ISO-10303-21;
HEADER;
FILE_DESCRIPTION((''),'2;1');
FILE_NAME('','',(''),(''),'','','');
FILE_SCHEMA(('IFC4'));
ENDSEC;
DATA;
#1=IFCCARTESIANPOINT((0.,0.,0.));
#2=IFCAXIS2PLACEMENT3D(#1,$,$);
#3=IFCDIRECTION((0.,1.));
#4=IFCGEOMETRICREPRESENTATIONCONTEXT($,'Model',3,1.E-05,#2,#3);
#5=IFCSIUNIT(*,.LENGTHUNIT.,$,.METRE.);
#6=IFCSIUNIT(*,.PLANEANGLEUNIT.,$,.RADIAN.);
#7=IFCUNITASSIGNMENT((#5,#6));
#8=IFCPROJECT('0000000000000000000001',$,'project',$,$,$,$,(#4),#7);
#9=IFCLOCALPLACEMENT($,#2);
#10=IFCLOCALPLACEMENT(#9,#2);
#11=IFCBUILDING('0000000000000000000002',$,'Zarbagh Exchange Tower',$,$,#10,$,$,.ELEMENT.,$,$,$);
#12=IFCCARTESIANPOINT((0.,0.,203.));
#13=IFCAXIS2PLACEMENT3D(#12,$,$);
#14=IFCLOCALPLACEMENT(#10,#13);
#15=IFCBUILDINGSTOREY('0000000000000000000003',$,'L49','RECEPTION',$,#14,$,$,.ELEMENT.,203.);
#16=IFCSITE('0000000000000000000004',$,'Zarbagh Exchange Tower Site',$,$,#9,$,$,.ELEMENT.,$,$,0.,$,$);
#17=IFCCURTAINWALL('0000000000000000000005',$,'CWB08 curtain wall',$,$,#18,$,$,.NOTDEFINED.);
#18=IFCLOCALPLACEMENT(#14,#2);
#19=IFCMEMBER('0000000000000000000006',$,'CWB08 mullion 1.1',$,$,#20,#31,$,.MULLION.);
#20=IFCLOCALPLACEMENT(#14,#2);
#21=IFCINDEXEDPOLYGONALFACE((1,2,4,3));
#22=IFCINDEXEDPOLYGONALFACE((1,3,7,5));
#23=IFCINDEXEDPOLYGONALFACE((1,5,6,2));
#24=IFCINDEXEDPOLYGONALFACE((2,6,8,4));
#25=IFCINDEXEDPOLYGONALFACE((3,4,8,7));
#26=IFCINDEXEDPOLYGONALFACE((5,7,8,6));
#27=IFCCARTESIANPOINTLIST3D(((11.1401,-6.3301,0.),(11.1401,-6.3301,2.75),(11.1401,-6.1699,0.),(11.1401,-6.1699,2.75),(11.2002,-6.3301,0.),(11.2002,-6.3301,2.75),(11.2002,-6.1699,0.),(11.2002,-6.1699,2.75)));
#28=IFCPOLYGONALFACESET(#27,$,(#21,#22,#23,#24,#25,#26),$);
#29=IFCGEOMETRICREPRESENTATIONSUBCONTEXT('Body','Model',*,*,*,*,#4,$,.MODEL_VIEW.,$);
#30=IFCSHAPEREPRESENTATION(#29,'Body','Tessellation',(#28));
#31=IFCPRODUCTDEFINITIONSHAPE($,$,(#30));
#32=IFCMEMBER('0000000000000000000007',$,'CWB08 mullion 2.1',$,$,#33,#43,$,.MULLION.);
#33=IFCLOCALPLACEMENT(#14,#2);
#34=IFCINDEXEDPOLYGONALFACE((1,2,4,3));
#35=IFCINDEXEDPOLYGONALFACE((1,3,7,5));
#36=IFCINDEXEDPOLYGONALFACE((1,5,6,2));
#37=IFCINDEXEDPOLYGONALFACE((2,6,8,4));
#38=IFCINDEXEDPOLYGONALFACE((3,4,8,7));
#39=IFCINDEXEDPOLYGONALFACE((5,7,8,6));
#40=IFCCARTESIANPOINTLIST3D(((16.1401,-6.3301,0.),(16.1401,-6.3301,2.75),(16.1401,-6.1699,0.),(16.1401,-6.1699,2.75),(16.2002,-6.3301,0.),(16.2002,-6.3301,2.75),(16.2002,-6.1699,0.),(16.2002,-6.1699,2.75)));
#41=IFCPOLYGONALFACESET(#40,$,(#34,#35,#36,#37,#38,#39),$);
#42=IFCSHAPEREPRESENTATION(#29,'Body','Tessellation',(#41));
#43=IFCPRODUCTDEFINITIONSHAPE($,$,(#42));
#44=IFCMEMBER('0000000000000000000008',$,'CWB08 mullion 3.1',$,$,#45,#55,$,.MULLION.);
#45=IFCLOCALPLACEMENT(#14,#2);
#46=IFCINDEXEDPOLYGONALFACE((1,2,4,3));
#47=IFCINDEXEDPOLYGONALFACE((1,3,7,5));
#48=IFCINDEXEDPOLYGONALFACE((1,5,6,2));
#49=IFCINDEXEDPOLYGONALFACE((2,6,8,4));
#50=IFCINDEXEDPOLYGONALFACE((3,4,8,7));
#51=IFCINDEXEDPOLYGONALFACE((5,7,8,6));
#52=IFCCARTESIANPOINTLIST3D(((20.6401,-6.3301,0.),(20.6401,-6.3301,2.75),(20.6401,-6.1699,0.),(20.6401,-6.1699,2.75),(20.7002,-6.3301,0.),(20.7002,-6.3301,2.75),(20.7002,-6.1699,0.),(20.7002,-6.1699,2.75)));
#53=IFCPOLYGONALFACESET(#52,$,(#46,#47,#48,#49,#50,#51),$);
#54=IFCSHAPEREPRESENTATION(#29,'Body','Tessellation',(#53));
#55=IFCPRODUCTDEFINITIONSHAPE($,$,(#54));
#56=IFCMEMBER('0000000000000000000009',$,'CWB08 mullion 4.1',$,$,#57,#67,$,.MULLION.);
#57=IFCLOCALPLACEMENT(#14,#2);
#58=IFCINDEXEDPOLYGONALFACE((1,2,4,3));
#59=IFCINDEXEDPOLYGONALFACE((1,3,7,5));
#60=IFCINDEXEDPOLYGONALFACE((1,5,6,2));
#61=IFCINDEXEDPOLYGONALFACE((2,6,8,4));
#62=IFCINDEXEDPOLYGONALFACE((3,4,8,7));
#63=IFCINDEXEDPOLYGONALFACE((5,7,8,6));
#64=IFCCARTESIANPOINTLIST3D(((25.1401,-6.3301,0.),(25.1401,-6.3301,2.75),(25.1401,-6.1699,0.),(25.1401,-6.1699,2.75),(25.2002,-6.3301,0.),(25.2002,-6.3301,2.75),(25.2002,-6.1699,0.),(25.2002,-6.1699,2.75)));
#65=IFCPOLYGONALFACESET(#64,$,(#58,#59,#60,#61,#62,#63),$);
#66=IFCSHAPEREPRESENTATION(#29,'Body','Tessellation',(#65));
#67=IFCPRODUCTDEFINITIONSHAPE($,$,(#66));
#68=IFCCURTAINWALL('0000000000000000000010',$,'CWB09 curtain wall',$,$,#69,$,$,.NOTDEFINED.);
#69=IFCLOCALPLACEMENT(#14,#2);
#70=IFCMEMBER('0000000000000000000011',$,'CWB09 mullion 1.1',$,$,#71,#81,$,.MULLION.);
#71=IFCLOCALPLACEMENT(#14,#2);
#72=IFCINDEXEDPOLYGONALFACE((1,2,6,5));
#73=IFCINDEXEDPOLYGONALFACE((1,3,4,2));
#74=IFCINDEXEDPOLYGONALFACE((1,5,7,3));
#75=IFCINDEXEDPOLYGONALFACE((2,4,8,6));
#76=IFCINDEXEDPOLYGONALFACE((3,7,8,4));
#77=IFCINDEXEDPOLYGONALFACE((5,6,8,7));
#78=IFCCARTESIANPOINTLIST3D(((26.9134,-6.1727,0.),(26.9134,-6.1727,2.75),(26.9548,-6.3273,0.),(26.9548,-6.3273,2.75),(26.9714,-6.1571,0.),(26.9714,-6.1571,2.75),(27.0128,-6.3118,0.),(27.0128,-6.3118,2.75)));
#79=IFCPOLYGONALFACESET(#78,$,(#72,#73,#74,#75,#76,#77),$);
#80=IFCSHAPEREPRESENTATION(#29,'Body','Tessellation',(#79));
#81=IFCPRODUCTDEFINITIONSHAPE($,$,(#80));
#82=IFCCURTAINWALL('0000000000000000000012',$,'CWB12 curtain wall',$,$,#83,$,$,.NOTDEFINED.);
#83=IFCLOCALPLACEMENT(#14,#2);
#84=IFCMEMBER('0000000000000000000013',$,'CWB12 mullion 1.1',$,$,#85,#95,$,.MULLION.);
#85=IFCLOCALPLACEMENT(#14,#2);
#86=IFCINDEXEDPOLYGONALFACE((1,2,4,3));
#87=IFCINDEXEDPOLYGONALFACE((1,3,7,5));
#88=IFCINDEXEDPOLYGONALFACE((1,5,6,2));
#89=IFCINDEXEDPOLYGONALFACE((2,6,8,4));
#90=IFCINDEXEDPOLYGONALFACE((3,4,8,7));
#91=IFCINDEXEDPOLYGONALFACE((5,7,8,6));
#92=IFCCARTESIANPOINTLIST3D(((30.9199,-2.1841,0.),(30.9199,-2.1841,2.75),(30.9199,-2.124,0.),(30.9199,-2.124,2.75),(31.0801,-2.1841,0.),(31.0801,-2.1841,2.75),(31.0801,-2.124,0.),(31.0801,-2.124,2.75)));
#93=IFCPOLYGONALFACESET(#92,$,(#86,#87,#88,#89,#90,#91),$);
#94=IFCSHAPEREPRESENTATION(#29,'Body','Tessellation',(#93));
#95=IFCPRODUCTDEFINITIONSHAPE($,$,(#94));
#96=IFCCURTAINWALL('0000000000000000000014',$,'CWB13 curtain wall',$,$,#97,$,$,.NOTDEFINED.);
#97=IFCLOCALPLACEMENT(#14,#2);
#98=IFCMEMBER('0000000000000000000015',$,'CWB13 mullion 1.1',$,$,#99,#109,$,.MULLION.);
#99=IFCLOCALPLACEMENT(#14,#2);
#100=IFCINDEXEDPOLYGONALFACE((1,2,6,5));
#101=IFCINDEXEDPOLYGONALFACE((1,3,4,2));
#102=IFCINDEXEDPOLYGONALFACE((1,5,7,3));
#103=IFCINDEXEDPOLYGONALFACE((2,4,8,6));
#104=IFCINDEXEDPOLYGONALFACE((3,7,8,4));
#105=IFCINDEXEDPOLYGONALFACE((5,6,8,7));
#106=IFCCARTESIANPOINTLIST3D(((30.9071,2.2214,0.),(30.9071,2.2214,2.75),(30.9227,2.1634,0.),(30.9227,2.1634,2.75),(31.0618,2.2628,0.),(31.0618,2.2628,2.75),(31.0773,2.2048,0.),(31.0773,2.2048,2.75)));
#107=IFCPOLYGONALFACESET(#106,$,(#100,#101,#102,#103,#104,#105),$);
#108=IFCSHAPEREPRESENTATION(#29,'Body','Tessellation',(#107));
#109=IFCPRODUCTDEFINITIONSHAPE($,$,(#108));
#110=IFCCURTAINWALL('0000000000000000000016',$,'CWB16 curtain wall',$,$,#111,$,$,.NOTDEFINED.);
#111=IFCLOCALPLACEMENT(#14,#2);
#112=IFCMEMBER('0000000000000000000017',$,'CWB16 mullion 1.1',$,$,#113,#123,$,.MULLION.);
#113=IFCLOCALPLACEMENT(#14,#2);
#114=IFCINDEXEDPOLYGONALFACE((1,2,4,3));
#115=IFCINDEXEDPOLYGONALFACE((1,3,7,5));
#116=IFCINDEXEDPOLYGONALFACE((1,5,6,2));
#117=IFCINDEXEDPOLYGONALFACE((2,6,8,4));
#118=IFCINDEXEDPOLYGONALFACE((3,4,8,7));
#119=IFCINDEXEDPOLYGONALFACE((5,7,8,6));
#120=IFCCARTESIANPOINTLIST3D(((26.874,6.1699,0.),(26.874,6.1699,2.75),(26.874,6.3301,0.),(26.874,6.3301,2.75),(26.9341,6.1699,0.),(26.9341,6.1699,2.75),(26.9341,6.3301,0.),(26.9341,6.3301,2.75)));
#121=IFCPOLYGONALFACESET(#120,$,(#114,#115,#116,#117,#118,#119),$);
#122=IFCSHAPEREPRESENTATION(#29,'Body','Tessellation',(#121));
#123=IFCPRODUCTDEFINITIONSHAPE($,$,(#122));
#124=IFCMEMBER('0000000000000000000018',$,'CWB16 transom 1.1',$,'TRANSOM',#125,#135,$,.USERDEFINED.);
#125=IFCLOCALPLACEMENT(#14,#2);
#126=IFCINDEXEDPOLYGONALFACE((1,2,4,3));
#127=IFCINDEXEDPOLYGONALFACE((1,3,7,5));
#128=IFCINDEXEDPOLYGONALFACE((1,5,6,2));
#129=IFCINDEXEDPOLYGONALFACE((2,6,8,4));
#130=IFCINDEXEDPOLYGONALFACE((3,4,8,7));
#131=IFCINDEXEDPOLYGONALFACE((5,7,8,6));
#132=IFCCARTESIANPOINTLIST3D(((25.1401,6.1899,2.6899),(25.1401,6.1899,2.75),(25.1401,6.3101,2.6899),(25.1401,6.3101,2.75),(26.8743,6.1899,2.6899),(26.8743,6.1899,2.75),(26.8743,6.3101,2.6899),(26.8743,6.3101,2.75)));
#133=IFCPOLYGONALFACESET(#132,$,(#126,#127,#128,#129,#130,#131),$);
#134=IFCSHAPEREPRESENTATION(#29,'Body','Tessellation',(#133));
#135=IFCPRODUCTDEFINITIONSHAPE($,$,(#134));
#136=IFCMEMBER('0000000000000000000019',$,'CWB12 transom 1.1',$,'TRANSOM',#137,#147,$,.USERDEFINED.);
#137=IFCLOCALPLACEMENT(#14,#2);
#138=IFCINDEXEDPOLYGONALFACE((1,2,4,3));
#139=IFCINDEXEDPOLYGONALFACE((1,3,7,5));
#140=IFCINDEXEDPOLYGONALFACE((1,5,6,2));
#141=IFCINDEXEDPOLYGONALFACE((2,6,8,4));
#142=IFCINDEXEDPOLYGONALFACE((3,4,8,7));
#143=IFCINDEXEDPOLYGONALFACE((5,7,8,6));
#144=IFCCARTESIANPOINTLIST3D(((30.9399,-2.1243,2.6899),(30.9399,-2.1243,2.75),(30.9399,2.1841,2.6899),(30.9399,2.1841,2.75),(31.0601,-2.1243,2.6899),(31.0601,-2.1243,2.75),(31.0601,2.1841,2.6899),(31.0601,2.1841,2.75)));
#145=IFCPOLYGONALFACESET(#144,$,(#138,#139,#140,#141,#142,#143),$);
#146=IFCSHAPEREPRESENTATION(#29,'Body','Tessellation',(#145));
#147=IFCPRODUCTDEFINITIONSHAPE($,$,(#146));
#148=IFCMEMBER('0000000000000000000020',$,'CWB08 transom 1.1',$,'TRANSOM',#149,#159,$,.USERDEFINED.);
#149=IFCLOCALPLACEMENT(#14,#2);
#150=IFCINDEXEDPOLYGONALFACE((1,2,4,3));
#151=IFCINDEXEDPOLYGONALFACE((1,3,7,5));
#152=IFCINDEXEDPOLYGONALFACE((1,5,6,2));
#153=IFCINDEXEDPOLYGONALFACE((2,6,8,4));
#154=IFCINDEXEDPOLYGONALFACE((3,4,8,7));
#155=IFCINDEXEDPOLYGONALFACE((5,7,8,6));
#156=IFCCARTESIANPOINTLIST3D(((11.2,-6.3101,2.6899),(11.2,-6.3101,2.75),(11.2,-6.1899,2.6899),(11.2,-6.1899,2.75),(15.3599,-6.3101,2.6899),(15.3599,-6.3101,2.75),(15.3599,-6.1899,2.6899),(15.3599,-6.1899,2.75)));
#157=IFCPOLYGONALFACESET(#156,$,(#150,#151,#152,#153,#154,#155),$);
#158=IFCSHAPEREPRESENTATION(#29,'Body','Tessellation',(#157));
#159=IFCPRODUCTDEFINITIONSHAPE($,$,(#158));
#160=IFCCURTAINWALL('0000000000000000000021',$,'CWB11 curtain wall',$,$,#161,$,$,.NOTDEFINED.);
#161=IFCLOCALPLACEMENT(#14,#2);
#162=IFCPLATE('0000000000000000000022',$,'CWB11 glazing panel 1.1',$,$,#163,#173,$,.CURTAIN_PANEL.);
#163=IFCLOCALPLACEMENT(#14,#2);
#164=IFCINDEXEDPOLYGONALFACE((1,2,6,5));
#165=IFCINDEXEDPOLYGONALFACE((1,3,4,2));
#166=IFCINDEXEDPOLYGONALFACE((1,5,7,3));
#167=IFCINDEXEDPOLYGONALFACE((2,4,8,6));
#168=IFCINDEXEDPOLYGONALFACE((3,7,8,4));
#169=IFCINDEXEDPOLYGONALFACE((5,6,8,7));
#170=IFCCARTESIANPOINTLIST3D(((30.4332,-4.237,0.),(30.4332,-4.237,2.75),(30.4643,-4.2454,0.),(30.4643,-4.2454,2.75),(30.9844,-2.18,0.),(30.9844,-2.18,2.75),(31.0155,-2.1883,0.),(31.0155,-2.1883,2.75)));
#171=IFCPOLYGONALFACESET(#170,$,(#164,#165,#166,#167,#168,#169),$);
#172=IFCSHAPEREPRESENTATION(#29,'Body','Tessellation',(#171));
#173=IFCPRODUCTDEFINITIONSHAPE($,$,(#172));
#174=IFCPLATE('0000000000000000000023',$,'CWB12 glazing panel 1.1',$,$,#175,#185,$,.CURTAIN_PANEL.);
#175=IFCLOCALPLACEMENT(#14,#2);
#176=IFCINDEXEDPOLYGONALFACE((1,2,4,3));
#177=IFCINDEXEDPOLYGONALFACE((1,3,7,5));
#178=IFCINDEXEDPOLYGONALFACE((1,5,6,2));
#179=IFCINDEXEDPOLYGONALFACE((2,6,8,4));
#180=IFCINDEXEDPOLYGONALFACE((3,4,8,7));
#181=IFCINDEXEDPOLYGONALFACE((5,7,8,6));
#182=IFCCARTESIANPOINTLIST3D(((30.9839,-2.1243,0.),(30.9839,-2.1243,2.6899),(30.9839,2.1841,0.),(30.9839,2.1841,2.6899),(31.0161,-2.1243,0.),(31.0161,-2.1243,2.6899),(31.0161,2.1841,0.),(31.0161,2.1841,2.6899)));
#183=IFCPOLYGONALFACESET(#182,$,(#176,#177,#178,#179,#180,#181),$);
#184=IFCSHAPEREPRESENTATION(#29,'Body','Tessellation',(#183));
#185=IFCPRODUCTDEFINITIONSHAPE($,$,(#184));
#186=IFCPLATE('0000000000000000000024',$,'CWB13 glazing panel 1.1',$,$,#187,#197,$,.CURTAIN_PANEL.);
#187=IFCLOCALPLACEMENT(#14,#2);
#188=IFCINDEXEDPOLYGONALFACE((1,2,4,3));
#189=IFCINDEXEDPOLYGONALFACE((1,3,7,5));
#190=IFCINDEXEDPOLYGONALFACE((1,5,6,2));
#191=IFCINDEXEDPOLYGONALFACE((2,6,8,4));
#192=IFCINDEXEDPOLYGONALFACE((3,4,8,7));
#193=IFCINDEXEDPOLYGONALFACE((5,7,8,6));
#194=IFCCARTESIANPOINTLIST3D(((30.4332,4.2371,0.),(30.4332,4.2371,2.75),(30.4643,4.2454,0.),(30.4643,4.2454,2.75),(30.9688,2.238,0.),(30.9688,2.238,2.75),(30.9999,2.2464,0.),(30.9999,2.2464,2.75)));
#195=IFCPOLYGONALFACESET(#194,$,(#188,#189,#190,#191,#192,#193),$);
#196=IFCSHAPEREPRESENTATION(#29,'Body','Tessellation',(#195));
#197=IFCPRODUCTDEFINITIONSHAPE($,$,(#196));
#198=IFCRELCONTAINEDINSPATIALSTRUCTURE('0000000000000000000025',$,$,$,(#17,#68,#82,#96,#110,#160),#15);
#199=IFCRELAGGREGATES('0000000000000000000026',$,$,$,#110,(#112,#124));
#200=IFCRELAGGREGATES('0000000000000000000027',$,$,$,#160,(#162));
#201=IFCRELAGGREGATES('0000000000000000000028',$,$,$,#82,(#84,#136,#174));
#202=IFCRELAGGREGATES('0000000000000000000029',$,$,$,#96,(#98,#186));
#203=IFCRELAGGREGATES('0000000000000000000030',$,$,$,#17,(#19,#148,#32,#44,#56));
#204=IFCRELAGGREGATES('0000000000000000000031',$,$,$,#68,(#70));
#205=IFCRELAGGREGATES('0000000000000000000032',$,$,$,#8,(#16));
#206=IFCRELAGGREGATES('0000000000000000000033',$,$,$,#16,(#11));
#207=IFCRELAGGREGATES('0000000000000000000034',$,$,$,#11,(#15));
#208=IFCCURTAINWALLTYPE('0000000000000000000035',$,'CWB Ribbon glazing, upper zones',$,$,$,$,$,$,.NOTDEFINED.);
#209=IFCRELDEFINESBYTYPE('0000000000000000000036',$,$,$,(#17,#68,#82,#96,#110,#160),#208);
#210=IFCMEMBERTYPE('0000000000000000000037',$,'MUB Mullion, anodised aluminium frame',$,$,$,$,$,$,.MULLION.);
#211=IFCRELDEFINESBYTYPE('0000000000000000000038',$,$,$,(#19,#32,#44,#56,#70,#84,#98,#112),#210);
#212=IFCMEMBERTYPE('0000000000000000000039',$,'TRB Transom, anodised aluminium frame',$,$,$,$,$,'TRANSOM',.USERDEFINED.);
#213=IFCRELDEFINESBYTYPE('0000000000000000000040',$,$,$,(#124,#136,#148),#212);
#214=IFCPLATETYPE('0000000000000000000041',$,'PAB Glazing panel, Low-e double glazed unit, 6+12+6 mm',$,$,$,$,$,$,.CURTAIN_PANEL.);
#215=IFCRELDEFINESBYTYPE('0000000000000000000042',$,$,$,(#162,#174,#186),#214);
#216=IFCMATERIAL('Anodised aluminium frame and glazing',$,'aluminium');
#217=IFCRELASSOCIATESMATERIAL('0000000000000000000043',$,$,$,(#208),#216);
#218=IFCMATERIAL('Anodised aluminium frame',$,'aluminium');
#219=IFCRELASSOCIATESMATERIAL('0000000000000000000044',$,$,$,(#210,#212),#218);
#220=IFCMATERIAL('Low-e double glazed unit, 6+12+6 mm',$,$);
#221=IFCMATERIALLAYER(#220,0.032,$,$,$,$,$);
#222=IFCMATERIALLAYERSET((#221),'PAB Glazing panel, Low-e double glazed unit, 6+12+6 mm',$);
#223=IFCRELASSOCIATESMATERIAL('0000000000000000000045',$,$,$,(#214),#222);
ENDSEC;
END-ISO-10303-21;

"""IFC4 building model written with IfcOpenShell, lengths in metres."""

from ifc_helpers import new_model, si_unit, direction, frame, origin, place, context, subcontext, project, spatial, polyline, outline, extrude, source, transform, mapped, material, layer, layer_set, type_object, element, aggregate, save


model = new_model("IFC4")

# Units and contexts
model_context = context("Model", 3, precision=1e-05, world=origin(), true_north=direction((0.0, 1.0)))
body_context = subcontext(model_context, "Body", "Model", "MODEL_VIEW")
ifc_project = project(units=[si_unit("LENGTHUNIT", "METRE"), si_unit("PLANEANGLEUNIT", "RADIAN")], contexts=[model_context])

# Site, building, storey
site_placement = place(None, origin())
site = spatial("IfcSite", under=ifc_project, at=site_placement, Name="Zarbagh Exchange Tower Site", CompositionType="ELEMENT", RefElevation=0.0)
building_placement = place(site_placement, origin())
building = spatial("IfcBuilding", under=site, at=building_placement, Name="Zarbagh Exchange Tower", CompositionType="ELEMENT")
storey_placement = place(building_placement, frame((0.0, 0.0, 203.0)))
storey = spatial("IfcBuildingStorey", under=building, at=storey_placement, Name="L49", Description="RECEPTION", CompositionType="ELEMENT", Elevation=203.0)

# Curtain wall, members
ifc_material_1 = material(Name="Anodised aluminium frame and glazing", Category="aluminium")
curtain_wall_type = type_object("IfcCurtainWallType", Name="CWB Ribbon glazing, upper zones", PredefinedType="NOTDEFINED", material=ifc_material_1)
curtain_wall_1_placement = place(storey_placement, origin())
curtain_wall_1 = element("IfcCurtainWall", 1, at=curtain_wall_1_placement, inside=storey, type_object=curtain_wall_type, Name="CWB08 curtain wall", PredefinedType="NOTDEFINED")
ifc_material_2 = material(Name="Anodised aluminium frame", Category="aluminium")
member_type_1 = type_object("IfcMemberType", Name="MUB Mullion, anodised aluminium frame", PredefinedType="MULLION", material=ifc_material_2)
shared_shape_1 = source(origin(), body_context, "Body", "SweptSolid", [
    extrude(outline(polyline([(0.0, -0.0801), (0.0601, -0.0801), (0.0601, 0.0801), (0.0, 0.0801), (0.0, -0.0801)])), origin(), (0.0, 0.0, 1.0), 2.75),
])
placement = place(storey_placement, origin())
member_1 = element("IfcMember", 2, at=placement, type_object=member_type_1, Name="CWB08 mullion 1.1", PredefinedType="MULLION", context=body_context, shape_type="MappedRepresentation", body=[
    mapped(shared_shape_1, transform((11.1401, -6.25, 0.0), x_axis=(1.0, 0.0, 0.0), y_axis=(0.0, 1.0, 0.0), z_axis=(0.0, 0.0, 1.0))),
])
member_2 = element("IfcMember", 3, at=placement, type_object=member_type_1, Name="CWB08 mullion 2.1", PredefinedType="MULLION", context=body_context, shape_type="MappedRepresentation", body=[
    mapped(shared_shape_1, transform((16.1401, -6.25, 0.0), x_axis=(1.0, 0.0, 0.0), y_axis=(0.0, 1.0, 0.0), z_axis=(0.0, 0.0, 1.0))),
])
member_3 = element("IfcMember", 4, at=placement, type_object=member_type_1, Name="CWB08 mullion 3.1", PredefinedType="MULLION", context=body_context, shape_type="MappedRepresentation", body=[
    mapped(shared_shape_1, transform((20.6401, -6.25, 0.0), x_axis=(1.0, 0.0, 0.0), y_axis=(0.0, 1.0, 0.0), z_axis=(0.0, 0.0, 1.0))),
])
member_4 = element("IfcMember", 5, at=placement, type_object=member_type_1, Name="CWB08 mullion 4.1", PredefinedType="MULLION", context=body_context, shape_type="MappedRepresentation", body=[
    mapped(shared_shape_1, transform((25.1401, -6.25, 0.0), x_axis=(1.0, 0.0, 0.0), y_axis=(0.0, 1.0, 0.0), z_axis=(0.0, 0.0, 1.0))),
])

# Curtain walls, members
curtain_wall_2_placement = place(storey_placement, origin())
curtain_wall_2 = element("IfcCurtainWall", 6, at=curtain_wall_2_placement, inside=storey, type_object=curtain_wall_type, Name="CWB09 curtain wall", PredefinedType="NOTDEFINED")
member_5 = element("IfcMember", 7, at=placement, type_object=member_type_1, Name="CWB09 mullion 1.1", PredefinedType="MULLION", context=body_context, shape_type="MappedRepresentation", body=[
    mapped(shared_shape_1, transform((26.9341, -6.25, 0.0), x_axis=(0.965924, 0.258825, 0.0), y_axis=(-0.258825, 0.965924, 0.0), z_axis=(0.0, 0.0, 1.0))),
])
curtain_wall_3_placement = place(storey_placement, origin())
curtain_wall_3 = element("IfcCurtainWall", 8, at=curtain_wall_3_placement, inside=storey, type_object=curtain_wall_type, Name="CWB12 curtain wall", PredefinedType="NOTDEFINED")
member_6 = element("IfcMember", 9, at=placement, type_object=member_type_1, Name="CWB12 mullion 1.1", PredefinedType="MULLION", context=body_context, shape_type="MappedRepresentation", body=[
    mapped(shared_shape_1, transform((31.0, -2.1841, 0.0), x_axis=(0.0, 1.0, 0.0), y_axis=(-1.0, 0.0, 0.0), z_axis=(0.0, 0.0, 1.0))),
])
curtain_wall_4_placement = place(storey_placement, origin())
curtain_wall_4 = element("IfcCurtainWall", 10, at=curtain_wall_4_placement, inside=storey, type_object=curtain_wall_type, Name="CWB13 curtain wall", PredefinedType="NOTDEFINED")
member_7 = element("IfcMember", 11, at=placement, type_object=member_type_1, Name="CWB13 mullion 1.1", PredefinedType="MULLION", context=body_context, shape_type="MappedRepresentation", body=[
    mapped(shared_shape_1, transform((31.0, 2.1841, 0.0), x_axis=(-0.258825, 0.965924, 0.0), y_axis=(-0.965924, -0.258825, 0.0), z_axis=(0.0, 0.0, 1.0))),
])

# Curtain wall, members
curtain_wall_5_placement = place(storey_placement, origin())
curtain_wall_5 = element("IfcCurtainWall", 12, at=curtain_wall_5_placement, inside=storey, type_object=curtain_wall_type, Name="CWB16 curtain wall", PredefinedType="NOTDEFINED")
member_8 = element("IfcMember", 13, at=placement, type_object=member_type_1, Name="CWB16 mullion 1.1", PredefinedType="MULLION", context=body_context, shape_type="MappedRepresentation", body=[
    mapped(shared_shape_1, transform((26.9341, 6.25, 0.0), x_axis=(-1.0, 0.0, 0.0), y_axis=(0.0, -1.0, 0.0), z_axis=(0.0, 0.0, 1.0))),
])
member_type_2 = type_object("IfcMemberType", Name="TRB Transom, anodised aluminium frame", ElementType="TRANSOM", PredefinedType="USERDEFINED", material=ifc_material_2)
shared_shape_2 = source(origin(), body_context, "Body", "SweptSolid", [
    extrude(outline(polyline([(-0.0601, -0.0601), (0.0, -0.0601), (0.0, 0.0601), (-0.0601, 0.0601), (-0.0601, -0.0601)])), origin(), (0.0, 0.0, 1.0), 1.7341),
])
member_9 = element("IfcMember", 14, at=placement, type_object=member_type_2, Name="CWB16 transom 1.1", ObjectType="TRANSOM", PredefinedType="USERDEFINED", context=body_context, shape_type="MappedRepresentation", body=[
    mapped(shared_shape_2, transform((26.8743, 6.25, 2.75), x_axis=(0.0, 0.0, 1.0), y_axis=(0.0, 1.0, 0.0), z_axis=(-1.0, 0.0, 0.0))),
])
aggregate(curtain_wall_5, [member_8, member_9])

# Members
shared_shape_3 = source(origin(), body_context, "Body", "SweptSolid", [
    extrude(outline(polyline([(-0.0601, -0.0601), (0.0, -0.0601), (0.0, 0.0601), (-0.0601, 0.0601), (-0.0601, -0.0601)])), origin(), (0.0, 0.0, 1.0), 4.3083),
])
member_10 = element("IfcMember", 15, at=placement, type_object=member_type_2, Name="CWB12 transom 1.1", ObjectType="TRANSOM", PredefinedType="USERDEFINED", context=body_context, shape_type="MappedRepresentation", body=[
    mapped(shared_shape_3, transform((31.0, -2.1243, 2.75), x_axis=(0.0, 0.0, 1.0), y_axis=(1.0, 0.0, 0.0), z_axis=(0.0, 1.0, 0.0))),
])
shared_shape_4 = source(origin(), body_context, "Body", "SweptSolid", [
    extrude(outline(polyline([(-0.0601, -0.0601), (0.0, -0.0601), (0.0, 0.0601), (-0.0601, 0.0601), (-0.0601, -0.0601)])), origin(), (0.0, 0.0, 1.0), 4.1599),
])
member_11 = element("IfcMember", 16, at=placement, type_object=member_type_2, Name="CWB08 transom 1.1", ObjectType="TRANSOM", PredefinedType="USERDEFINED", context=body_context, shape_type="MappedRepresentation", body=[
    mapped(shared_shape_4, transform((11.2, -6.25, 2.75), x_axis=(0.0, 0.0, 1.0), y_axis=(0.0, -1.0, 0.0), z_axis=(1.0, 0.0, 0.0))),
])

# Curtain wall, plate
curtain_wall_6_placement = place(storey_placement, origin())
curtain_wall_6 = element("IfcCurtainWall", 17, at=curtain_wall_6_placement, inside=storey, type_object=curtain_wall_type, Name="CWB11 curtain wall", PredefinedType="NOTDEFINED")
ifc_material_3 = material(Name="Low-e double glazed unit, 6+12+6 mm")
ifc_layer = layer(ifc_material_3, 0.032)
ifc_layer_set = layer_set([ifc_layer], Name="PAB Glazing panel, Low-e double glazed unit, 6+12+6 mm")
plate_type = type_object("IfcPlateType", Name="PAB Glazing panel, Low-e double glazed unit, 6+12+6 mm", PredefinedType="CURTAIN_PANEL", material=ifc_layer_set)
shared_shape_5 = source(origin(), body_context, "Body", "SweptSolid", [
    extrude(outline(polyline([(0.0, -0.0161), (2.1296, -0.0161), (2.1296, 0.0161), (0.0, 0.0161), (0.0, -0.0161)])), origin(), (0.0, 0.0, 1.0), 2.75),
])
plate_1 = element("IfcPlate", 18, at=placement, type_object=plate_type, Name="CWB11 glazing panel 1.1", PredefinedType="CURTAIN_PANEL", context=body_context, shape_type="MappedRepresentation", body=[
    mapped(shared_shape_5, transform((30.4487, -4.2412, 0.0), x_axis=(0.258825, 0.965924, 0.0), y_axis=(-0.965924, 0.258825, 0.0), z_axis=(0.0, 0.0, 1.0))),
])
aggregate(curtain_wall_6, [plate_1])

# Plates
shared_shape_6 = source(origin(), body_context, "Body", "SweptSolid", [
    extrude(outline(polyline([(0.0, -0.0161), (4.3083, -0.0161), (4.3083, 0.0161), (0.0, 0.0161), (0.0, -0.0161)])), origin(), (0.0, 0.0, 1.0), 2.6899),
])
plate_2 = element("IfcPlate", 19, at=placement, type_object=plate_type, Name="CWB12 glazing panel 1.1", PredefinedType="CURTAIN_PANEL", context=body_context, shape_type="MappedRepresentation", body=[
    mapped(shared_shape_6, transform((31.0, -2.1243, 0.0), x_axis=(0.0, 1.0, 0.0), y_axis=(-1.0, 0.0, 0.0), z_axis=(0.0, 0.0, 1.0))),
])
aggregate(curtain_wall_3, [member_6, member_10, plate_2])
shared_shape_7 = source(origin(), body_context, "Body", "SweptSolid", [
    extrude(outline(polyline([(0.0, -0.0161), (2.0696, -0.0161), (2.0696, 0.0161), (0.0, 0.0161), (0.0, -0.0161)])), origin(), (0.0, 0.0, 1.0), 2.75),
])
plate_3 = element("IfcPlate", 20, at=placement, type_object=plate_type, Name="CWB13 glazing panel 1.1", PredefinedType="CURTAIN_PANEL", context=body_context, shape_type="MappedRepresentation", body=[
    mapped(shared_shape_7, transform((30.9844, 2.2422, 0.0), x_axis=(-0.258825, 0.965924, 0.0), y_axis=(-0.965924, -0.258825, 0.0), z_axis=(0.0, 0.0, 1.0))),
])
aggregate(curtain_wall_4, [member_7, plate_3])

aggregate(curtain_wall_1, [member_1, member_11, member_2, member_3, member_4])
aggregate(curtain_wall_2, [member_5])

save(model, "model.ifc")
